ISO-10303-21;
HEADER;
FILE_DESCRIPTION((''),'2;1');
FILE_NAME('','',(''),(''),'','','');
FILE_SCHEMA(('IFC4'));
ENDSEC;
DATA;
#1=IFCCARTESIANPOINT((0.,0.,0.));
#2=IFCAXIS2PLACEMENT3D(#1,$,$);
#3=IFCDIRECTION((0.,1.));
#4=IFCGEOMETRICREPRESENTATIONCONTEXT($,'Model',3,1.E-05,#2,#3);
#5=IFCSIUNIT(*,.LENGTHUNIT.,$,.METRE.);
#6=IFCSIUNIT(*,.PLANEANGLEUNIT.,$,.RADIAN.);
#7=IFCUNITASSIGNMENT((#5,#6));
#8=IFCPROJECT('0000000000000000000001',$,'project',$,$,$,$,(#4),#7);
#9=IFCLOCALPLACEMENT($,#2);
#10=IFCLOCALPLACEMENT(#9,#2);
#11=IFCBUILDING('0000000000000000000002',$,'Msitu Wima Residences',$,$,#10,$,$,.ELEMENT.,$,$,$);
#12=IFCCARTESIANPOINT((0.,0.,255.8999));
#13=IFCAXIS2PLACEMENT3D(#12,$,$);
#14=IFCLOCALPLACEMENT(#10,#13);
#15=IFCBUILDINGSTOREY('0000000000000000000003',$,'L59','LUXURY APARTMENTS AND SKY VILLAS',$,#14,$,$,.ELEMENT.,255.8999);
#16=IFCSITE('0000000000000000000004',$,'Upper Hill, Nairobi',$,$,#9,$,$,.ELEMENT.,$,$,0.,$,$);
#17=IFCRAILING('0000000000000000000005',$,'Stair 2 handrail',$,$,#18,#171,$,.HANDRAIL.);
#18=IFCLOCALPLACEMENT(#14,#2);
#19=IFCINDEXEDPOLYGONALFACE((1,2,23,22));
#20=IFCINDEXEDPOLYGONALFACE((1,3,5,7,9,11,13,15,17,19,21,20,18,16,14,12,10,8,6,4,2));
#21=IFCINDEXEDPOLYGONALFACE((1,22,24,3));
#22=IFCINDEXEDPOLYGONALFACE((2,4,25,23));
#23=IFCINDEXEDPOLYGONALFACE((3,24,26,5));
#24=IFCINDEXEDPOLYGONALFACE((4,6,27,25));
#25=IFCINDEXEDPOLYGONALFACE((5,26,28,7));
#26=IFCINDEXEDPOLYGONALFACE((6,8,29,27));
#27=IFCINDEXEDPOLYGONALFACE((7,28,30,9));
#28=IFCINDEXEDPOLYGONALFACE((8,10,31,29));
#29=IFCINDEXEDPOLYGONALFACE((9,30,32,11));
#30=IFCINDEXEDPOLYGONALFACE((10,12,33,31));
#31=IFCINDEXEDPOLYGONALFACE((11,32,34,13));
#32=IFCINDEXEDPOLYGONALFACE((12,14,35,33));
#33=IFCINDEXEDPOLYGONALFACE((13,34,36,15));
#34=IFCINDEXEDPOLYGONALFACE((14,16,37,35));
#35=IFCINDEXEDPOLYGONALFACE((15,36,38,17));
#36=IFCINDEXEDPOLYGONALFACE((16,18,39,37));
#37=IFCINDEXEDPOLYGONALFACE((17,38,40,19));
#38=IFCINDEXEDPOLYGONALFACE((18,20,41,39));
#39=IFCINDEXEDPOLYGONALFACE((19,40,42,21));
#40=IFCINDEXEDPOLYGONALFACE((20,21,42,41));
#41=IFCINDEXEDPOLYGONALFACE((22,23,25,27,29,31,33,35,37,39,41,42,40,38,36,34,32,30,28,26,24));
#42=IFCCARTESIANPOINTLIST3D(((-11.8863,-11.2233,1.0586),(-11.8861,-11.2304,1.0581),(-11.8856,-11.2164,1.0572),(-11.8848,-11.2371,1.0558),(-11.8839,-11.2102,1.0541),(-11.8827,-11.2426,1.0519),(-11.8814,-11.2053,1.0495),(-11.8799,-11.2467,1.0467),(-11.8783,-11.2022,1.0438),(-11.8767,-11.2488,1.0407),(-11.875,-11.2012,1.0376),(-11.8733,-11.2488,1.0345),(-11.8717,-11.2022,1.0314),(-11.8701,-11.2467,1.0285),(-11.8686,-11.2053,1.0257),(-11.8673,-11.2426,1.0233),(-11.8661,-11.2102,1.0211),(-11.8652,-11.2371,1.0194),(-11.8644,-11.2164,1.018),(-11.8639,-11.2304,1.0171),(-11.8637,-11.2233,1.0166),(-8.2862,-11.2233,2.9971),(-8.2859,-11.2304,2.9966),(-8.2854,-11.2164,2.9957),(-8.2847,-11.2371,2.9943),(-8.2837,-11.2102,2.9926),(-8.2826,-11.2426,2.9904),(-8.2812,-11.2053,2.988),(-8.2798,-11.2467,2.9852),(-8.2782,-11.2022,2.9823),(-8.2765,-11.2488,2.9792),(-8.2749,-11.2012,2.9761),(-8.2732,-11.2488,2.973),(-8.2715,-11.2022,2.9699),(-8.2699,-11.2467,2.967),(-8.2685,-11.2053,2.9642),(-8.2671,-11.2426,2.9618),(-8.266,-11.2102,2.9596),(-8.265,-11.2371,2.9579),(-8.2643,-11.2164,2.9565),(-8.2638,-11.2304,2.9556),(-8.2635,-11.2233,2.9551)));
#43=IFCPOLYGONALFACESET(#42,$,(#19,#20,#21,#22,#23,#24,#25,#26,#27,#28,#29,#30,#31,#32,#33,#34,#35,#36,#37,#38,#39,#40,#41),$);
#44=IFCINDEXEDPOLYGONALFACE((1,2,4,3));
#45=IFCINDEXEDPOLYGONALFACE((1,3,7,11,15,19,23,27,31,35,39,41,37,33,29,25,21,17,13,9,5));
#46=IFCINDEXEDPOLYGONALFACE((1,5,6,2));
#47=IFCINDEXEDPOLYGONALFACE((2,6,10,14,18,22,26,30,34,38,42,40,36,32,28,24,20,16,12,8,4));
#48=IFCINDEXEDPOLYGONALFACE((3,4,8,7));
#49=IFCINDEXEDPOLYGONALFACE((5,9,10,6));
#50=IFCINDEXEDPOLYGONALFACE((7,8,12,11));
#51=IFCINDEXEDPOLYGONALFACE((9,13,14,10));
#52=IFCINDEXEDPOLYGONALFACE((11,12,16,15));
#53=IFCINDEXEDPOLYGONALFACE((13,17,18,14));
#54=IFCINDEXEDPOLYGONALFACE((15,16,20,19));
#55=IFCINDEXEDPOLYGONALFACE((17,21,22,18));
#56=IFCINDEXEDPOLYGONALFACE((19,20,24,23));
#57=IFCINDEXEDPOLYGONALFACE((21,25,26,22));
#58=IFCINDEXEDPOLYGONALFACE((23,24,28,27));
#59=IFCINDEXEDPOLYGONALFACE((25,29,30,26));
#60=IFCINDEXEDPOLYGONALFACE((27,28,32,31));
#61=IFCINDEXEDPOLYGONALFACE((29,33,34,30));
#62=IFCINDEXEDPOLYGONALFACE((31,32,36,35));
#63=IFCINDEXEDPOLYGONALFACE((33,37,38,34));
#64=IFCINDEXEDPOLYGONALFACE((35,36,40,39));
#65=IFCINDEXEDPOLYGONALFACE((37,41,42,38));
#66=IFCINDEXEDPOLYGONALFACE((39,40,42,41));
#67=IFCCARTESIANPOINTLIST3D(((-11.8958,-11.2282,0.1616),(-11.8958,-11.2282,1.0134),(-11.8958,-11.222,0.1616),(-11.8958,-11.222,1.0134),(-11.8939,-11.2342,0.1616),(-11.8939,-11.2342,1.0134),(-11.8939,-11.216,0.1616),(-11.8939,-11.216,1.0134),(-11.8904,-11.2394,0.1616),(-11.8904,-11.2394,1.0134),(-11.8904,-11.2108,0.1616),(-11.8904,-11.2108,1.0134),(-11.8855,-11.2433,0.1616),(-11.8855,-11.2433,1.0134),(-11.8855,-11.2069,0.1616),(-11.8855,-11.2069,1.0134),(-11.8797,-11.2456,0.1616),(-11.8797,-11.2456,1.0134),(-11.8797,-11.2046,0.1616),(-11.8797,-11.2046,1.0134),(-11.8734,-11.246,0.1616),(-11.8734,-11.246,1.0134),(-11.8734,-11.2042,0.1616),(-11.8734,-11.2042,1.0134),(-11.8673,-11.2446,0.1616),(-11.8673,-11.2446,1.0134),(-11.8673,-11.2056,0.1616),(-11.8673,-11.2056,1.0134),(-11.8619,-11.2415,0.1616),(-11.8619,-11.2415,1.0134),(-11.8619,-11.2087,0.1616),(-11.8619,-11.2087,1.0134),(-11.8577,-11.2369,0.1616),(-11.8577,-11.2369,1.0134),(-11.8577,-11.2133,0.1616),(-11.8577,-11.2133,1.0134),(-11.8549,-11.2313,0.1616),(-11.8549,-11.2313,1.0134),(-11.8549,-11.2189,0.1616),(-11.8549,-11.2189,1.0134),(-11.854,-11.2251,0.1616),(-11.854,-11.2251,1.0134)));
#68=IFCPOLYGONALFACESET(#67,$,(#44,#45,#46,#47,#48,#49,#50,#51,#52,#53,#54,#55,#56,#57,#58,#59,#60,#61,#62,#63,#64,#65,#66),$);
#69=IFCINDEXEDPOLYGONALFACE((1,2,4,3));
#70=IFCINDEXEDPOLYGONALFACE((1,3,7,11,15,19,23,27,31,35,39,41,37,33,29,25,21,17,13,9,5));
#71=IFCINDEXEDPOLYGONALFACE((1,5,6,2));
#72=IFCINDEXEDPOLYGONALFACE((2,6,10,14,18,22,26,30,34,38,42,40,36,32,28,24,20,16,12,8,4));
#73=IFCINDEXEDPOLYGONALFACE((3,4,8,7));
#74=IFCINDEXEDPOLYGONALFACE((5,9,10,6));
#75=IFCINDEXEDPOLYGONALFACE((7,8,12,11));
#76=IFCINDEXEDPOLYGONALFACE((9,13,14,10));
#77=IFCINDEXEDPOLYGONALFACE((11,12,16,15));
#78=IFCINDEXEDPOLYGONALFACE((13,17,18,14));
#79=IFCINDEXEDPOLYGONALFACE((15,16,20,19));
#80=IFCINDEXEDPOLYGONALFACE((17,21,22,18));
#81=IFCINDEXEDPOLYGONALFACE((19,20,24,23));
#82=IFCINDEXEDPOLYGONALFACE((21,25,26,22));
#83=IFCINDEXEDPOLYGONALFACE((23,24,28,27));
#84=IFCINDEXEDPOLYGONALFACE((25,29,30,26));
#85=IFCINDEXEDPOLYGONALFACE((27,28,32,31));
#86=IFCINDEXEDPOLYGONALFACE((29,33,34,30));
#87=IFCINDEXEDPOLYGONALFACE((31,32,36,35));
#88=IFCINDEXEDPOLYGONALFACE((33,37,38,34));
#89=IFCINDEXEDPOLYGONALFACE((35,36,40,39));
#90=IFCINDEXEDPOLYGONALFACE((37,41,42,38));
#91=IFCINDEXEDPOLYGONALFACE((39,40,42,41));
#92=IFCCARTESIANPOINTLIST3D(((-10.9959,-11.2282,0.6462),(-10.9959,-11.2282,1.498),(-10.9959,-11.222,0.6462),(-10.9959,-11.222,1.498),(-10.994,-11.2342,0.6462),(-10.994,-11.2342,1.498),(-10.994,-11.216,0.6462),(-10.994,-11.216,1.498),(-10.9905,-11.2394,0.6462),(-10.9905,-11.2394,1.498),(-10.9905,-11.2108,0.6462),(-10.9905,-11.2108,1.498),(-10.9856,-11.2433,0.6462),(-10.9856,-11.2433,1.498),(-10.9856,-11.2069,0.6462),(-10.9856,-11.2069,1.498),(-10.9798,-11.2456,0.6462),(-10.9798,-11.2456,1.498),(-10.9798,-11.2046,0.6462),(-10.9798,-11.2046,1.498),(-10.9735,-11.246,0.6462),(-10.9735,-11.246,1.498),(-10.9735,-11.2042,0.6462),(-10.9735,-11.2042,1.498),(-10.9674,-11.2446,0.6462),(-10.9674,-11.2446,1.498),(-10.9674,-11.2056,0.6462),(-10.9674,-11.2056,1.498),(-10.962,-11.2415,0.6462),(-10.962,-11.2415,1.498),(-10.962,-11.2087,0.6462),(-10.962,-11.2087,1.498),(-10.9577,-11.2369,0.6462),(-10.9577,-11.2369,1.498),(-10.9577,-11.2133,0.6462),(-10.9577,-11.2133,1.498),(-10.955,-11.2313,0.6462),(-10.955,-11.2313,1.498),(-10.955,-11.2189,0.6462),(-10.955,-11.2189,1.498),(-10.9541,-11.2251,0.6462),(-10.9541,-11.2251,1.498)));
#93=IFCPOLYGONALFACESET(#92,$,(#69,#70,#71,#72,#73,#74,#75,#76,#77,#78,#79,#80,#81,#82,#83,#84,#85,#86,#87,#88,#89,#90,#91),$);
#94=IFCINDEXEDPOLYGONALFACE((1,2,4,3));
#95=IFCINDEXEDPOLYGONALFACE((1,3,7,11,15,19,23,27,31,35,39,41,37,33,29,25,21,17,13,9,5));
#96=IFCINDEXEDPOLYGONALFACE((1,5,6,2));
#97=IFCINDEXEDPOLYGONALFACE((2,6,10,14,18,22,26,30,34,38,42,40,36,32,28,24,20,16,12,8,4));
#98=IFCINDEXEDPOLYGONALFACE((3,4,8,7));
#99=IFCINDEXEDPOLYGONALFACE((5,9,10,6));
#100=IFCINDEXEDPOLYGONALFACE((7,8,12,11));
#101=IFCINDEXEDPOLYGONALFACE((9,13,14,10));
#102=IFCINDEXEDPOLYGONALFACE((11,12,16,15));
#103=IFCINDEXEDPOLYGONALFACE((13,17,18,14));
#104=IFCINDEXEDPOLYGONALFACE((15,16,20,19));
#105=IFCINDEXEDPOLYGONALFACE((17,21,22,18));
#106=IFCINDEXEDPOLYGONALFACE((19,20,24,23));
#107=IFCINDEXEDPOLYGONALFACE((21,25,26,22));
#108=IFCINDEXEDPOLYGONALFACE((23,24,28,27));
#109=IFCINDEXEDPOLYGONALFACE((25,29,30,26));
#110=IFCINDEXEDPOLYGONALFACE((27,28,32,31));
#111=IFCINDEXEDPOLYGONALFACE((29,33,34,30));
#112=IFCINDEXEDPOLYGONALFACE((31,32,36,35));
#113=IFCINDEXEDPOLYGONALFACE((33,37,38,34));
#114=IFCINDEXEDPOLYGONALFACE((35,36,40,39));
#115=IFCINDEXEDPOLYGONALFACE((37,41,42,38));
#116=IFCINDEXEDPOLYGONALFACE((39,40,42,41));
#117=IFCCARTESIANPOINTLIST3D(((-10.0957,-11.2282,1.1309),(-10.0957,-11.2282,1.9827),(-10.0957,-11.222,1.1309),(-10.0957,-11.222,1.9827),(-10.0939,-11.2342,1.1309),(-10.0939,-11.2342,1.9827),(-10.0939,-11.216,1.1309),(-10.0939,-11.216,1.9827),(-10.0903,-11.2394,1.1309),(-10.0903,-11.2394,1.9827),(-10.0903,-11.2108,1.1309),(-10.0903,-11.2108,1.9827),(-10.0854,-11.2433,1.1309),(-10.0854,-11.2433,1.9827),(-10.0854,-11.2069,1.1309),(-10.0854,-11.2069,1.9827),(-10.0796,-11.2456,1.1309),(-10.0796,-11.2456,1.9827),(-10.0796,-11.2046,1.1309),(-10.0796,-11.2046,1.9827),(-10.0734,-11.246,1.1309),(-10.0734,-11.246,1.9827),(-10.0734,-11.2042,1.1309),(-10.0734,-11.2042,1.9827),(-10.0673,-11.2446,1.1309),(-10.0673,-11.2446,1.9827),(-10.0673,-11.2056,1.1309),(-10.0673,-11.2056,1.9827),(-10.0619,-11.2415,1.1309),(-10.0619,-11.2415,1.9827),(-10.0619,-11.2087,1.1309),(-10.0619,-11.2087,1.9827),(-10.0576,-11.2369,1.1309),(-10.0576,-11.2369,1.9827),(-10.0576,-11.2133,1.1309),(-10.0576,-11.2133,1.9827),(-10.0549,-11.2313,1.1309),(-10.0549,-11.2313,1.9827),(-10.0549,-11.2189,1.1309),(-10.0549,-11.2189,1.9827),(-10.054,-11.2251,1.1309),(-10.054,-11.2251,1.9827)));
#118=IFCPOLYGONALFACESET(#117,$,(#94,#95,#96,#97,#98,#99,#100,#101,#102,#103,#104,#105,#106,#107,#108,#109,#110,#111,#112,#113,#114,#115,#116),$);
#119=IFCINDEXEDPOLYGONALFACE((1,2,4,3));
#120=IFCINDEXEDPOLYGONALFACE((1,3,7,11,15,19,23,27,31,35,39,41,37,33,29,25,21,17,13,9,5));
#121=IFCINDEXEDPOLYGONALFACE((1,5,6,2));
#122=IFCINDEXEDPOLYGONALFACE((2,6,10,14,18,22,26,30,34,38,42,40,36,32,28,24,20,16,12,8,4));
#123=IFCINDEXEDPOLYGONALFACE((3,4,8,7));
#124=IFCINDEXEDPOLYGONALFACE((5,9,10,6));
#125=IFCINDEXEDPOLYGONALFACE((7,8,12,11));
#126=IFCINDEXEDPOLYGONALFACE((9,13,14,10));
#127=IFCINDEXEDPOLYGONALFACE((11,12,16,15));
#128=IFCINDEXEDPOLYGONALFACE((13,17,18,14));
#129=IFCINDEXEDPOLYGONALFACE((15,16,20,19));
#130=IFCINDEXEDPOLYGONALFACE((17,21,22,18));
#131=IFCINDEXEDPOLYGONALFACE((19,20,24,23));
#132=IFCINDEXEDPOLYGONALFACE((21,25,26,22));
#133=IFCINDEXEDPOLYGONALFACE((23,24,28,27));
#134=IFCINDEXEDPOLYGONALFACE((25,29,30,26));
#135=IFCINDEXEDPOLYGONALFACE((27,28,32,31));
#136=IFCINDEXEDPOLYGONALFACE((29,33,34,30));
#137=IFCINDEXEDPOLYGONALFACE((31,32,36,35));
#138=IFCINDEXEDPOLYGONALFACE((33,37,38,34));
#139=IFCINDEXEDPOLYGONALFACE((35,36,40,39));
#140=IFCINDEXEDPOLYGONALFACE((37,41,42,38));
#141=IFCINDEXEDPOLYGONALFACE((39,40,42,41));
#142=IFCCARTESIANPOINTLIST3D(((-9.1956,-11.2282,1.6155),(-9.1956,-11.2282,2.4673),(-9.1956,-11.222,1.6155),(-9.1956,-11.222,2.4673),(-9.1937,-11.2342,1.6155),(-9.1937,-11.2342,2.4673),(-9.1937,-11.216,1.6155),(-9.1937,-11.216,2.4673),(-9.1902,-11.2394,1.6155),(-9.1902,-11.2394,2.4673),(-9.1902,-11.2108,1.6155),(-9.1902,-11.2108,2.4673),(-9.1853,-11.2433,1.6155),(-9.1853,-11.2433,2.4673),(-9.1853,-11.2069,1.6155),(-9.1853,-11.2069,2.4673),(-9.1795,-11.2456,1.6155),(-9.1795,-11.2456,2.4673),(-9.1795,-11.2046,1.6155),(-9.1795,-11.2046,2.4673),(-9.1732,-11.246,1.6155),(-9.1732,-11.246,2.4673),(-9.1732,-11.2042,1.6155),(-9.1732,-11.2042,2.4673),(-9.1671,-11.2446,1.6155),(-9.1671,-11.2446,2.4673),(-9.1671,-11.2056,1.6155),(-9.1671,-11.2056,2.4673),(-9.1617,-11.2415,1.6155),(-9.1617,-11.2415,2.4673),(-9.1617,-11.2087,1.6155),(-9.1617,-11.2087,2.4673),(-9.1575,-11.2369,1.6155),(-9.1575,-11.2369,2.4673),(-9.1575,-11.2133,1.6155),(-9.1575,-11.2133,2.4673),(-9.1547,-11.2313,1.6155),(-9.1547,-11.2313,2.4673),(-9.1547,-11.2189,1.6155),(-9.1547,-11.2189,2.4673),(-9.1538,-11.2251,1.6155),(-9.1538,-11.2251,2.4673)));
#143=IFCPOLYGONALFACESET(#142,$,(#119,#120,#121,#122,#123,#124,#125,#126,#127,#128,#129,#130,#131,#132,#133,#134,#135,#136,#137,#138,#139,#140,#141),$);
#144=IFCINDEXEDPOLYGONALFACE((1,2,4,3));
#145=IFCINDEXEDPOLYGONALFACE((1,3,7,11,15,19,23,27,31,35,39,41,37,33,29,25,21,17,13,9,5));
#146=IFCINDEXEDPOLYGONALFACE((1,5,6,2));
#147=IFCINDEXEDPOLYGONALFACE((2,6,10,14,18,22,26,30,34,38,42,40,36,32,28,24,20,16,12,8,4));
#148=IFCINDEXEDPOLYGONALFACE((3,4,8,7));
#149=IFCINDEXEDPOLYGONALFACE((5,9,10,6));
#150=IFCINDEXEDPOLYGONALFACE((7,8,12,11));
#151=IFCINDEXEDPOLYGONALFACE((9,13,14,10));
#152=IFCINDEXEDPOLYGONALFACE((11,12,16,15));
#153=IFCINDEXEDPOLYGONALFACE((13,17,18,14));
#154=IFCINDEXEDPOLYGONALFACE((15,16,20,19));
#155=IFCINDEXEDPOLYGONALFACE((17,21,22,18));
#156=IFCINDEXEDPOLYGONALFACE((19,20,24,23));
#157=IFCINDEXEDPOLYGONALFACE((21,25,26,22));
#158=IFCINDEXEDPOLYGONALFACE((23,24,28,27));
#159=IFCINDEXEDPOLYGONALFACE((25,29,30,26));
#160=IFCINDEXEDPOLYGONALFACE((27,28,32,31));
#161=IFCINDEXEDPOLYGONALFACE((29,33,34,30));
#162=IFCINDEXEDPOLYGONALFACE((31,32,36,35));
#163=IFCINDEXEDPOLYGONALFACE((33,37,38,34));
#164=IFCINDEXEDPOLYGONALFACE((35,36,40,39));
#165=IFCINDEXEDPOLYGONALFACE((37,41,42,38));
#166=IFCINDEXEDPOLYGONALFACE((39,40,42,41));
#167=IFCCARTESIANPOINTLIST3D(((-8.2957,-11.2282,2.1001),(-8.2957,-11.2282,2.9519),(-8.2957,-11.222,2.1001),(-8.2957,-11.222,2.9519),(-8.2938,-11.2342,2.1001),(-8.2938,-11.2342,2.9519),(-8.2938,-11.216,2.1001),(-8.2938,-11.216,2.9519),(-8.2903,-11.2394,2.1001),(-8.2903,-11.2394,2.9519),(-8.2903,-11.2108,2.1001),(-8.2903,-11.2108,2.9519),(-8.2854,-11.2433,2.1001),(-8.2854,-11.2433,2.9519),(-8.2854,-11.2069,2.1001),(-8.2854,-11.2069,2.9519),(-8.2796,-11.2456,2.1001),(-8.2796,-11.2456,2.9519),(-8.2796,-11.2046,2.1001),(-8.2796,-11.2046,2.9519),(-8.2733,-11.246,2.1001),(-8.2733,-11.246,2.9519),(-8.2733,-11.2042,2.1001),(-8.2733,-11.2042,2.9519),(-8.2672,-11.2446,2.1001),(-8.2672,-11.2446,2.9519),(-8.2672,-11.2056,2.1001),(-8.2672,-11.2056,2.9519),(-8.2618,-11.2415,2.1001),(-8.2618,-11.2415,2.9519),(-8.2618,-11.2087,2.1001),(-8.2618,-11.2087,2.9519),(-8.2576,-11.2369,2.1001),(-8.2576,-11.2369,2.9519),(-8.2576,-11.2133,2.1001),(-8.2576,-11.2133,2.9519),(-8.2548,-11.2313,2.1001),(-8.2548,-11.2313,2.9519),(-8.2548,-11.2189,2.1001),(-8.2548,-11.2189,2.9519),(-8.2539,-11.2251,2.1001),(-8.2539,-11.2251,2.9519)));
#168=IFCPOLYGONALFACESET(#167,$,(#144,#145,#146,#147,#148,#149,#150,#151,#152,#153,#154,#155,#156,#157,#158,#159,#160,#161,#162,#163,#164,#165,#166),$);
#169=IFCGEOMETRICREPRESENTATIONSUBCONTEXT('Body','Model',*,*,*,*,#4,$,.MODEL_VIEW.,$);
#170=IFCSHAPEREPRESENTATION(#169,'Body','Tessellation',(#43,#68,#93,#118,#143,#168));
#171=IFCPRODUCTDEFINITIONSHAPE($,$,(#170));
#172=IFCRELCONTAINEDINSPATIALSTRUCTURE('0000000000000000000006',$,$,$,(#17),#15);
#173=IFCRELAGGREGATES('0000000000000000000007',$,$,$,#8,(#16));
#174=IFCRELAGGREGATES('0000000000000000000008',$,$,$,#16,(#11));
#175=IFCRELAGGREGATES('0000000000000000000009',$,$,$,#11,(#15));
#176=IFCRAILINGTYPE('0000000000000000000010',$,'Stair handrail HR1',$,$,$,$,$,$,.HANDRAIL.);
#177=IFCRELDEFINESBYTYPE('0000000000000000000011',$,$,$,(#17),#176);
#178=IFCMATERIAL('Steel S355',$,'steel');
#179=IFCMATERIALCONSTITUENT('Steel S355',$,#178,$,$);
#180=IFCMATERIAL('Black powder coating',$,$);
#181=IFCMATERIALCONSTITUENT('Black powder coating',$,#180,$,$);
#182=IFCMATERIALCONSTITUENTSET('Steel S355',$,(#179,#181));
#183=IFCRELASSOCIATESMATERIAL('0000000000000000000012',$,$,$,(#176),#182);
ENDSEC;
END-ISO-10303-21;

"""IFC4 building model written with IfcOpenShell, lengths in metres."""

from ifc_helpers import new_model, si_unit, direction, frame, origin, origin_2d, place, context, subcontext, project, spatial, circle, extrude, material, constituent, constituent_set, type_object, element, save


model = new_model("IFC4")

# Units and contexts
model_context = context("Model", 3, precision=1e-05, world=origin(), true_north=direction((0.0, 1.0)))
body_context = subcontext(model_context, "Body", "Model", "MODEL_VIEW")
ifc_project = project(units=[si_unit("LENGTHUNIT", "METRE"), si_unit("PLANEANGLEUNIT", "RADIAN")], contexts=[model_context])

# Site, building, storey
site_placement = place(None, origin())
site = spatial("IfcSite", under=ifc_project, at=site_placement, Name="Upper Hill, Nairobi", CompositionType="ELEMENT", RefElevation=0.0)
building_placement = place(site_placement, origin())
building = spatial("IfcBuilding", under=site, at=building_placement, Name="Msitu Wima Residences", CompositionType="ELEMENT")
storey_placement = place(building_placement, frame((0.0, 0.0, 255.8999)))
storey = spatial("IfcBuildingStorey", under=building, at=storey_placement, Name="L59", Description="LUXURY APARTMENTS AND SKY VILLAS", CompositionType="ELEMENT", Elevation=255.8999)

# Railing
ifc_material_1 = material(Name="Steel S355", Category="steel")
ifc_constituent_1 = constituent(ifc_material_1, Name="Steel S355")
ifc_material_2 = material(Name="Black powder coating")
ifc_constituent_2 = constituent(ifc_material_2, Name="Black powder coating")
ifc_constituent_set = constituent_set(constituents=[ifc_constituent_1, ifc_constituent_2], Name="Steel S355")
railing_type = type_object("IfcRailingType", Name="Stair handrail HR1", PredefinedType="HANDRAIL", material=ifc_constituent_set)
for number, where, name in (
    (1, (-11.875, -11.2251, 0.1616), "Stair 2 handrail"),
):
    element("IfcRailing", number, at=place(storey_placement, frame(where)), inside=storey, type_object=railing_type, Name=name, PredefinedType="HANDRAIL", context=body_context, shape_type="SweptSolid", body=[
        extrude(circle(Radius=0.0239, at=origin_2d()), frame((0.0, 0.0, 0.876), z_axis=(0.880475, 0.0, 0.474093), x_axis=(0.0, 1.0, 0.0)), (0.0, 0.0, 1.0), 4.0889),
        extrude(circle(Radius=0.021, at=origin_2d()), origin(), (0.0, 0.0, 1.0), 0.8518),
        extrude(circle(Radius=0.021, at=origin_2d()), frame((0.8999, 0.0, 0.4846)), (0.0, 0.0, 1.0), 0.8518),
        extrude(circle(Radius=0.021, at=origin_2d()), frame((1.8, 0.0, 0.9692)), (0.0, 0.0, 1.0), 0.8518),
        extrude(circle(Radius=0.021, at=origin_2d()), frame((2.7002, 0.0, 1.4539)), (0.0, 0.0, 1.0), 0.8518),
        extrude(circle(Radius=0.021, at=origin_2d()), frame((3.6001, 0.0, 1.9385)), (0.0, 0.0, 1.0), 0.8518),
    ])

save(model, "model.ifc")
